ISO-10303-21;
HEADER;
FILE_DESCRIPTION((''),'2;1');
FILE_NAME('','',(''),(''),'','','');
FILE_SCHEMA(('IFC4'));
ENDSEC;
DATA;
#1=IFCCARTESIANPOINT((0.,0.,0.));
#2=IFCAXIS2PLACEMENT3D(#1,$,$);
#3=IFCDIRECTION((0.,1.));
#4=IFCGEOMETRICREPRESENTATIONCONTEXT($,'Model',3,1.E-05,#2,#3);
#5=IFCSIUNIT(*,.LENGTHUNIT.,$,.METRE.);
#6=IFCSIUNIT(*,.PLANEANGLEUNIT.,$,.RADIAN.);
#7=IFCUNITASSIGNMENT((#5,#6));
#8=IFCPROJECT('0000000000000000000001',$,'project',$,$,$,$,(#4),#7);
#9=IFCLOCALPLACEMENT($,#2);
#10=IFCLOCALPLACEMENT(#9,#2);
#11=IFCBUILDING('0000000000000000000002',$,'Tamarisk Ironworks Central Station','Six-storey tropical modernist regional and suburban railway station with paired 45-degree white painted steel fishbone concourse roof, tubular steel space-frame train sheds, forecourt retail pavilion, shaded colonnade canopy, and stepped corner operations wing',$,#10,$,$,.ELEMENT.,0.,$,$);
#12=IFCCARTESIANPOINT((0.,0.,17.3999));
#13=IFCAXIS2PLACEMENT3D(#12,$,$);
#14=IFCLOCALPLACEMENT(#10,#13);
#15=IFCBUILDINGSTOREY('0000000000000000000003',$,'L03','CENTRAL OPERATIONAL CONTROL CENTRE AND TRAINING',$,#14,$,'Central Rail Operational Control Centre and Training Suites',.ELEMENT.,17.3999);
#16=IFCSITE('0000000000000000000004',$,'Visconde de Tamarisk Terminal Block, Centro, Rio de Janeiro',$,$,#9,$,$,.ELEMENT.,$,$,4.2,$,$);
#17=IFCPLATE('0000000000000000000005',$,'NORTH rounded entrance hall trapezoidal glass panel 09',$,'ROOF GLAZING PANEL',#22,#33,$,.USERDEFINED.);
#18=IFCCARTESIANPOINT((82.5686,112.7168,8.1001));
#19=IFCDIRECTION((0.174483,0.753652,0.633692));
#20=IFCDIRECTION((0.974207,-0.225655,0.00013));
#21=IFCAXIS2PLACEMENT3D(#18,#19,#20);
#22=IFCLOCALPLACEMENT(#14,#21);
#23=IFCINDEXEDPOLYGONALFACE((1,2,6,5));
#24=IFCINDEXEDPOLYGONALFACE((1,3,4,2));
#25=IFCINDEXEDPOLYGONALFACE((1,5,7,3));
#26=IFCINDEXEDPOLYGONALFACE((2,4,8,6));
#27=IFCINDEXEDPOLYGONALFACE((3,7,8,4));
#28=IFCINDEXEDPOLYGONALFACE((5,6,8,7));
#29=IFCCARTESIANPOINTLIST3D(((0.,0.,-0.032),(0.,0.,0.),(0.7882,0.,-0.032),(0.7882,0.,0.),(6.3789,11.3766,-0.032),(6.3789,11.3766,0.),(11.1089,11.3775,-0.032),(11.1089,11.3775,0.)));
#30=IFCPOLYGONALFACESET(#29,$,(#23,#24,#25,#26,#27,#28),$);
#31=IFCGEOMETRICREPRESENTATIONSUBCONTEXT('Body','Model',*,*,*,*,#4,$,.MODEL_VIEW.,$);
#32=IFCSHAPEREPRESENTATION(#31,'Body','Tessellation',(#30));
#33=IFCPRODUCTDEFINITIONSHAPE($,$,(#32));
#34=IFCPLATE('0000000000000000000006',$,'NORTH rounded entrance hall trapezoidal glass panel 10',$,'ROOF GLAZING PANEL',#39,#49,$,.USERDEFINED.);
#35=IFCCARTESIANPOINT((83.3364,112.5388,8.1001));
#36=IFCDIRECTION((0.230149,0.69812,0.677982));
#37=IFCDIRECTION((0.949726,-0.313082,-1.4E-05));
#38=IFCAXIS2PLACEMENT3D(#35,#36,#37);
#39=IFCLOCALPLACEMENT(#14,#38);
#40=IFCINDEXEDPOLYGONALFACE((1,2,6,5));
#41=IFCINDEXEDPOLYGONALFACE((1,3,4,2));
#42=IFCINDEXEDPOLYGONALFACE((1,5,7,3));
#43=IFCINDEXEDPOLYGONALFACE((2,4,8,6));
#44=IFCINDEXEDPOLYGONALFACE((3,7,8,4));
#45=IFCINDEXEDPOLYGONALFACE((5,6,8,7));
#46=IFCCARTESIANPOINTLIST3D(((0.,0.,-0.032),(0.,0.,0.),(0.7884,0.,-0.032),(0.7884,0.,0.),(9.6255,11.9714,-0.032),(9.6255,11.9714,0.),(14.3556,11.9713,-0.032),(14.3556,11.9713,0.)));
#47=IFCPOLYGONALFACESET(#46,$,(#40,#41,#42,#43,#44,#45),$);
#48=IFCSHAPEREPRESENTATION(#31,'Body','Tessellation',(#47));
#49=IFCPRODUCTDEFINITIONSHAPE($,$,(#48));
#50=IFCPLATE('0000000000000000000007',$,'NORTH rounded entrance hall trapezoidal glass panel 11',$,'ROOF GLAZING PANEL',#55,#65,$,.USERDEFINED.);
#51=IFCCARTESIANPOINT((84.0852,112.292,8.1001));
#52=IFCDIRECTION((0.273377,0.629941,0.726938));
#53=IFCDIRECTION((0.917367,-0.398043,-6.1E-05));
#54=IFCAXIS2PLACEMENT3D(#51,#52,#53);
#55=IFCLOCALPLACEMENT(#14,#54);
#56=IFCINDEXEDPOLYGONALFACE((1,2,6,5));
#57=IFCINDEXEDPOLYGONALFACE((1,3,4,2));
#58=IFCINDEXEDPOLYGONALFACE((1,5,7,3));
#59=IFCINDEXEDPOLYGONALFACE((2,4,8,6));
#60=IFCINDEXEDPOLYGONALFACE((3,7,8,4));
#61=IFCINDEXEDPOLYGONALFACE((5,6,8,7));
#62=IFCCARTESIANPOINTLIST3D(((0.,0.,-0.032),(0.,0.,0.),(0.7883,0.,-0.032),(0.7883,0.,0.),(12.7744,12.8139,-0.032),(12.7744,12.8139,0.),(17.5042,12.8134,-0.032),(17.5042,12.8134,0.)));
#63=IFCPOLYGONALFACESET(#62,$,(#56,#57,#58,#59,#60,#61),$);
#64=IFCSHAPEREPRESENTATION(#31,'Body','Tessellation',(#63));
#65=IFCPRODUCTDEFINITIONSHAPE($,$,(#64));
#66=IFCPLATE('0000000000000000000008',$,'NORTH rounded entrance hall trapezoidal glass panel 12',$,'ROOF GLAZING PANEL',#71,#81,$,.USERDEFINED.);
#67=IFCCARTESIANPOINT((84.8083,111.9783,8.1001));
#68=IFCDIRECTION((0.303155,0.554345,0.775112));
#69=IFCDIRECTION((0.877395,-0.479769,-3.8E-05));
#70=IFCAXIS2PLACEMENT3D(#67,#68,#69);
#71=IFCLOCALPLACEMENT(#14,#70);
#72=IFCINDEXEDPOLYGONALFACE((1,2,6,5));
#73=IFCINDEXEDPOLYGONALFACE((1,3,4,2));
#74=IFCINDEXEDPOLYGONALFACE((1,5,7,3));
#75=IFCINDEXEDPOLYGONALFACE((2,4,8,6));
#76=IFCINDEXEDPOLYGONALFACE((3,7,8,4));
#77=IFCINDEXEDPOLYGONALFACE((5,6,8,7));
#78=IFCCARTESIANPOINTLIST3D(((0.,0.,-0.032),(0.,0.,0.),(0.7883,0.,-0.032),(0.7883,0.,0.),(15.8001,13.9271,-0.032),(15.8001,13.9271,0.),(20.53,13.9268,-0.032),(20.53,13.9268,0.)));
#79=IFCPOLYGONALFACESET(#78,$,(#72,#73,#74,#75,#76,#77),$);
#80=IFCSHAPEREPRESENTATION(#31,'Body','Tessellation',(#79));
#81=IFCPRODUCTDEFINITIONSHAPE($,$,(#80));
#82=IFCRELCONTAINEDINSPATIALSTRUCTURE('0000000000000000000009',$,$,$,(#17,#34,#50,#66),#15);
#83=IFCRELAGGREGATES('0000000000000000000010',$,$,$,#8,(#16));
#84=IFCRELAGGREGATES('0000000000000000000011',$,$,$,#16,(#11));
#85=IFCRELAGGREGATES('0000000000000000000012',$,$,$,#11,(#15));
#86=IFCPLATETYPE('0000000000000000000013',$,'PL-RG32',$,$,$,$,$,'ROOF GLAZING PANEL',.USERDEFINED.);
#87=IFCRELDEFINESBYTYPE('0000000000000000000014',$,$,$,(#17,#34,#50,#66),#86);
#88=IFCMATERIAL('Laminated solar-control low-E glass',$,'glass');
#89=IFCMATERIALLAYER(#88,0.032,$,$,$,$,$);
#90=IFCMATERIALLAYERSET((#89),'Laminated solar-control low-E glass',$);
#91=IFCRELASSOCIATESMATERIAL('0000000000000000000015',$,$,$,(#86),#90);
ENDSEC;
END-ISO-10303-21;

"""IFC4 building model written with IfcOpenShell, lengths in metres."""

from ifc_helpers import new_model, si_unit, direction, frame, origin, place, context, subcontext, project, spatial, polyline, outline, extrude, material, layer, layer_set, type_object, element, save


model = new_model("IFC4")

# Units and contexts
model_context = context("Model", 3, precision=1e-05, world=origin(), true_north=direction((0.0, 1.0)))
body_context = subcontext(model_context, "Body", "Model", "MODEL_VIEW")
ifc_project = project(units=[si_unit("LENGTHUNIT", "METRE"), si_unit("PLANEANGLEUNIT", "RADIAN")], contexts=[model_context])

# Site, building, storey
site_placement = place(None, origin())
site = spatial("IfcSite", under=ifc_project, at=site_placement, Name="Visconde de Tamarisk Terminal Block, Centro, Rio de Janeiro", CompositionType="ELEMENT", RefElevation=4.2)
building_placement = place(site_placement, origin())
building = spatial("IfcBuilding", under=site, at=building_placement, Name="Tamarisk Ironworks Central Station", Description="Six-storey tropical modernist regional and suburban railway station with paired 45-degree white painted steel fishbone concourse roof, tubular steel space-frame train sheds, forecourt retail pavilion, shaded colonnade canopy, and stepped corner operations wing", CompositionType="ELEMENT", ElevationOfRefHeight=0.0)
storey_placement = place(building_placement, frame((0.0, 0.0, 17.3999)))
storey = spatial("IfcBuildingStorey", under=building, at=storey_placement, Name="L03", Description="CENTRAL OPERATIONAL CONTROL CENTRE AND TRAINING", LongName="Central Rail Operational Control Centre and Training Suites", CompositionType="ELEMENT", Elevation=17.3999)

# Plates
ifc_material_1 = material(Name="Laminated solar-control low-E glass", Category="glass")
ifc_layer_1 = layer(ifc_material_1, 0.032)
ifc_layer_set_1 = layer_set([ifc_layer_1], Name="Laminated solar-control low-E glass")
plate_type_1 = type_object("IfcPlateType", Name="PL-RG32", ElementType="ROOF GLAZING PANEL", PredefinedType="USERDEFINED", material=ifc_layer_set_1)
plate_1_placement = place(storey_placement, frame((82.5686, 112.7168, 8.1001), z_axis=(0.174483, 0.753652, 0.633692), x_axis=(0.974207, -0.225655, 0.00013)))
element("IfcPlate", 1, at=plate_1_placement, inside=storey, type_object=plate_type_1, Name="NORTH rounded entrance hall trapezoidal glass panel 09", ObjectType="ROOF GLAZING PANEL", PredefinedType="USERDEFINED", context=body_context, shape_type="SweptSolid", body=[
    extrude(outline(polyline([(0.0, 0.0), (0.7882, 0.0), (11.1089, 11.3775), (6.3789, 11.3766), (0.0, 0.0)])), origin(), (0.0, 0.0, -1.0), 0.032),
])
plate_2_placement = place(storey_placement, frame((83.3364, 112.5388, 8.1001), z_axis=(0.230149, 0.69812, 0.677982), x_axis=(0.949726, -0.313082, -0.000014)))
element("IfcPlate", 2, at=plate_2_placement, inside=storey, type_object=plate_type_1, Name="NORTH rounded entrance hall trapezoidal glass panel 10", ObjectType="ROOF GLAZING PANEL", PredefinedType="USERDEFINED", context=body_context, shape_type="SweptSolid", body=[
    extrude(outline(polyline([(0.0, 0.0), (0.7884, 0.0), (14.3556, 11.9713), (9.6255, 11.9714), (0.0, 0.0)])), origin(), (0.0, 0.0, -1.0), 0.032),
])
plate_3_placement = place(storey_placement, frame((84.0852, 112.292, 8.1001), z_axis=(0.273377, 0.629941, 0.726938), x_axis=(0.917367, -0.398043, -0.000061)))
element("IfcPlate", 3, at=plate_3_placement, inside=storey, type_object=plate_type_1, Name="NORTH rounded entrance hall trapezoidal glass panel 11", ObjectType="ROOF GLAZING PANEL", PredefinedType="USERDEFINED", context=body_context, shape_type="SweptSolid", body=[
    extrude(outline(polyline([(0.0, 0.0), (0.7883, 0.0), (17.5042, 12.8134), (12.7744, 12.8139), (0.0, 0.0)])), origin(), (0.0, 0.0, -1.0), 0.032),
])
plate_4_placement = place(storey_placement, frame((84.8083, 111.9783, 8.1001), z_axis=(0.303155, 0.554345, 0.775112), x_axis=(0.877395, -0.479769, -0.000038)))
element("IfcPlate", 4, at=plate_4_placement, inside=storey, type_object=plate_type_1, Name="NORTH rounded entrance hall trapezoidal glass panel 12", ObjectType="ROOF GLAZING PANEL", PredefinedType="USERDEFINED", context=body_context, shape_type="SweptSolid", body=[
    extrude(outline(polyline([(0.0, 0.0), (0.7883, 0.0), (20.53, 13.9268), (15.8001, 13.9271), (0.0, 0.0)])), origin(), (0.0, 0.0, -1.0), 0.032),
])

save(model, "model.ifc")
